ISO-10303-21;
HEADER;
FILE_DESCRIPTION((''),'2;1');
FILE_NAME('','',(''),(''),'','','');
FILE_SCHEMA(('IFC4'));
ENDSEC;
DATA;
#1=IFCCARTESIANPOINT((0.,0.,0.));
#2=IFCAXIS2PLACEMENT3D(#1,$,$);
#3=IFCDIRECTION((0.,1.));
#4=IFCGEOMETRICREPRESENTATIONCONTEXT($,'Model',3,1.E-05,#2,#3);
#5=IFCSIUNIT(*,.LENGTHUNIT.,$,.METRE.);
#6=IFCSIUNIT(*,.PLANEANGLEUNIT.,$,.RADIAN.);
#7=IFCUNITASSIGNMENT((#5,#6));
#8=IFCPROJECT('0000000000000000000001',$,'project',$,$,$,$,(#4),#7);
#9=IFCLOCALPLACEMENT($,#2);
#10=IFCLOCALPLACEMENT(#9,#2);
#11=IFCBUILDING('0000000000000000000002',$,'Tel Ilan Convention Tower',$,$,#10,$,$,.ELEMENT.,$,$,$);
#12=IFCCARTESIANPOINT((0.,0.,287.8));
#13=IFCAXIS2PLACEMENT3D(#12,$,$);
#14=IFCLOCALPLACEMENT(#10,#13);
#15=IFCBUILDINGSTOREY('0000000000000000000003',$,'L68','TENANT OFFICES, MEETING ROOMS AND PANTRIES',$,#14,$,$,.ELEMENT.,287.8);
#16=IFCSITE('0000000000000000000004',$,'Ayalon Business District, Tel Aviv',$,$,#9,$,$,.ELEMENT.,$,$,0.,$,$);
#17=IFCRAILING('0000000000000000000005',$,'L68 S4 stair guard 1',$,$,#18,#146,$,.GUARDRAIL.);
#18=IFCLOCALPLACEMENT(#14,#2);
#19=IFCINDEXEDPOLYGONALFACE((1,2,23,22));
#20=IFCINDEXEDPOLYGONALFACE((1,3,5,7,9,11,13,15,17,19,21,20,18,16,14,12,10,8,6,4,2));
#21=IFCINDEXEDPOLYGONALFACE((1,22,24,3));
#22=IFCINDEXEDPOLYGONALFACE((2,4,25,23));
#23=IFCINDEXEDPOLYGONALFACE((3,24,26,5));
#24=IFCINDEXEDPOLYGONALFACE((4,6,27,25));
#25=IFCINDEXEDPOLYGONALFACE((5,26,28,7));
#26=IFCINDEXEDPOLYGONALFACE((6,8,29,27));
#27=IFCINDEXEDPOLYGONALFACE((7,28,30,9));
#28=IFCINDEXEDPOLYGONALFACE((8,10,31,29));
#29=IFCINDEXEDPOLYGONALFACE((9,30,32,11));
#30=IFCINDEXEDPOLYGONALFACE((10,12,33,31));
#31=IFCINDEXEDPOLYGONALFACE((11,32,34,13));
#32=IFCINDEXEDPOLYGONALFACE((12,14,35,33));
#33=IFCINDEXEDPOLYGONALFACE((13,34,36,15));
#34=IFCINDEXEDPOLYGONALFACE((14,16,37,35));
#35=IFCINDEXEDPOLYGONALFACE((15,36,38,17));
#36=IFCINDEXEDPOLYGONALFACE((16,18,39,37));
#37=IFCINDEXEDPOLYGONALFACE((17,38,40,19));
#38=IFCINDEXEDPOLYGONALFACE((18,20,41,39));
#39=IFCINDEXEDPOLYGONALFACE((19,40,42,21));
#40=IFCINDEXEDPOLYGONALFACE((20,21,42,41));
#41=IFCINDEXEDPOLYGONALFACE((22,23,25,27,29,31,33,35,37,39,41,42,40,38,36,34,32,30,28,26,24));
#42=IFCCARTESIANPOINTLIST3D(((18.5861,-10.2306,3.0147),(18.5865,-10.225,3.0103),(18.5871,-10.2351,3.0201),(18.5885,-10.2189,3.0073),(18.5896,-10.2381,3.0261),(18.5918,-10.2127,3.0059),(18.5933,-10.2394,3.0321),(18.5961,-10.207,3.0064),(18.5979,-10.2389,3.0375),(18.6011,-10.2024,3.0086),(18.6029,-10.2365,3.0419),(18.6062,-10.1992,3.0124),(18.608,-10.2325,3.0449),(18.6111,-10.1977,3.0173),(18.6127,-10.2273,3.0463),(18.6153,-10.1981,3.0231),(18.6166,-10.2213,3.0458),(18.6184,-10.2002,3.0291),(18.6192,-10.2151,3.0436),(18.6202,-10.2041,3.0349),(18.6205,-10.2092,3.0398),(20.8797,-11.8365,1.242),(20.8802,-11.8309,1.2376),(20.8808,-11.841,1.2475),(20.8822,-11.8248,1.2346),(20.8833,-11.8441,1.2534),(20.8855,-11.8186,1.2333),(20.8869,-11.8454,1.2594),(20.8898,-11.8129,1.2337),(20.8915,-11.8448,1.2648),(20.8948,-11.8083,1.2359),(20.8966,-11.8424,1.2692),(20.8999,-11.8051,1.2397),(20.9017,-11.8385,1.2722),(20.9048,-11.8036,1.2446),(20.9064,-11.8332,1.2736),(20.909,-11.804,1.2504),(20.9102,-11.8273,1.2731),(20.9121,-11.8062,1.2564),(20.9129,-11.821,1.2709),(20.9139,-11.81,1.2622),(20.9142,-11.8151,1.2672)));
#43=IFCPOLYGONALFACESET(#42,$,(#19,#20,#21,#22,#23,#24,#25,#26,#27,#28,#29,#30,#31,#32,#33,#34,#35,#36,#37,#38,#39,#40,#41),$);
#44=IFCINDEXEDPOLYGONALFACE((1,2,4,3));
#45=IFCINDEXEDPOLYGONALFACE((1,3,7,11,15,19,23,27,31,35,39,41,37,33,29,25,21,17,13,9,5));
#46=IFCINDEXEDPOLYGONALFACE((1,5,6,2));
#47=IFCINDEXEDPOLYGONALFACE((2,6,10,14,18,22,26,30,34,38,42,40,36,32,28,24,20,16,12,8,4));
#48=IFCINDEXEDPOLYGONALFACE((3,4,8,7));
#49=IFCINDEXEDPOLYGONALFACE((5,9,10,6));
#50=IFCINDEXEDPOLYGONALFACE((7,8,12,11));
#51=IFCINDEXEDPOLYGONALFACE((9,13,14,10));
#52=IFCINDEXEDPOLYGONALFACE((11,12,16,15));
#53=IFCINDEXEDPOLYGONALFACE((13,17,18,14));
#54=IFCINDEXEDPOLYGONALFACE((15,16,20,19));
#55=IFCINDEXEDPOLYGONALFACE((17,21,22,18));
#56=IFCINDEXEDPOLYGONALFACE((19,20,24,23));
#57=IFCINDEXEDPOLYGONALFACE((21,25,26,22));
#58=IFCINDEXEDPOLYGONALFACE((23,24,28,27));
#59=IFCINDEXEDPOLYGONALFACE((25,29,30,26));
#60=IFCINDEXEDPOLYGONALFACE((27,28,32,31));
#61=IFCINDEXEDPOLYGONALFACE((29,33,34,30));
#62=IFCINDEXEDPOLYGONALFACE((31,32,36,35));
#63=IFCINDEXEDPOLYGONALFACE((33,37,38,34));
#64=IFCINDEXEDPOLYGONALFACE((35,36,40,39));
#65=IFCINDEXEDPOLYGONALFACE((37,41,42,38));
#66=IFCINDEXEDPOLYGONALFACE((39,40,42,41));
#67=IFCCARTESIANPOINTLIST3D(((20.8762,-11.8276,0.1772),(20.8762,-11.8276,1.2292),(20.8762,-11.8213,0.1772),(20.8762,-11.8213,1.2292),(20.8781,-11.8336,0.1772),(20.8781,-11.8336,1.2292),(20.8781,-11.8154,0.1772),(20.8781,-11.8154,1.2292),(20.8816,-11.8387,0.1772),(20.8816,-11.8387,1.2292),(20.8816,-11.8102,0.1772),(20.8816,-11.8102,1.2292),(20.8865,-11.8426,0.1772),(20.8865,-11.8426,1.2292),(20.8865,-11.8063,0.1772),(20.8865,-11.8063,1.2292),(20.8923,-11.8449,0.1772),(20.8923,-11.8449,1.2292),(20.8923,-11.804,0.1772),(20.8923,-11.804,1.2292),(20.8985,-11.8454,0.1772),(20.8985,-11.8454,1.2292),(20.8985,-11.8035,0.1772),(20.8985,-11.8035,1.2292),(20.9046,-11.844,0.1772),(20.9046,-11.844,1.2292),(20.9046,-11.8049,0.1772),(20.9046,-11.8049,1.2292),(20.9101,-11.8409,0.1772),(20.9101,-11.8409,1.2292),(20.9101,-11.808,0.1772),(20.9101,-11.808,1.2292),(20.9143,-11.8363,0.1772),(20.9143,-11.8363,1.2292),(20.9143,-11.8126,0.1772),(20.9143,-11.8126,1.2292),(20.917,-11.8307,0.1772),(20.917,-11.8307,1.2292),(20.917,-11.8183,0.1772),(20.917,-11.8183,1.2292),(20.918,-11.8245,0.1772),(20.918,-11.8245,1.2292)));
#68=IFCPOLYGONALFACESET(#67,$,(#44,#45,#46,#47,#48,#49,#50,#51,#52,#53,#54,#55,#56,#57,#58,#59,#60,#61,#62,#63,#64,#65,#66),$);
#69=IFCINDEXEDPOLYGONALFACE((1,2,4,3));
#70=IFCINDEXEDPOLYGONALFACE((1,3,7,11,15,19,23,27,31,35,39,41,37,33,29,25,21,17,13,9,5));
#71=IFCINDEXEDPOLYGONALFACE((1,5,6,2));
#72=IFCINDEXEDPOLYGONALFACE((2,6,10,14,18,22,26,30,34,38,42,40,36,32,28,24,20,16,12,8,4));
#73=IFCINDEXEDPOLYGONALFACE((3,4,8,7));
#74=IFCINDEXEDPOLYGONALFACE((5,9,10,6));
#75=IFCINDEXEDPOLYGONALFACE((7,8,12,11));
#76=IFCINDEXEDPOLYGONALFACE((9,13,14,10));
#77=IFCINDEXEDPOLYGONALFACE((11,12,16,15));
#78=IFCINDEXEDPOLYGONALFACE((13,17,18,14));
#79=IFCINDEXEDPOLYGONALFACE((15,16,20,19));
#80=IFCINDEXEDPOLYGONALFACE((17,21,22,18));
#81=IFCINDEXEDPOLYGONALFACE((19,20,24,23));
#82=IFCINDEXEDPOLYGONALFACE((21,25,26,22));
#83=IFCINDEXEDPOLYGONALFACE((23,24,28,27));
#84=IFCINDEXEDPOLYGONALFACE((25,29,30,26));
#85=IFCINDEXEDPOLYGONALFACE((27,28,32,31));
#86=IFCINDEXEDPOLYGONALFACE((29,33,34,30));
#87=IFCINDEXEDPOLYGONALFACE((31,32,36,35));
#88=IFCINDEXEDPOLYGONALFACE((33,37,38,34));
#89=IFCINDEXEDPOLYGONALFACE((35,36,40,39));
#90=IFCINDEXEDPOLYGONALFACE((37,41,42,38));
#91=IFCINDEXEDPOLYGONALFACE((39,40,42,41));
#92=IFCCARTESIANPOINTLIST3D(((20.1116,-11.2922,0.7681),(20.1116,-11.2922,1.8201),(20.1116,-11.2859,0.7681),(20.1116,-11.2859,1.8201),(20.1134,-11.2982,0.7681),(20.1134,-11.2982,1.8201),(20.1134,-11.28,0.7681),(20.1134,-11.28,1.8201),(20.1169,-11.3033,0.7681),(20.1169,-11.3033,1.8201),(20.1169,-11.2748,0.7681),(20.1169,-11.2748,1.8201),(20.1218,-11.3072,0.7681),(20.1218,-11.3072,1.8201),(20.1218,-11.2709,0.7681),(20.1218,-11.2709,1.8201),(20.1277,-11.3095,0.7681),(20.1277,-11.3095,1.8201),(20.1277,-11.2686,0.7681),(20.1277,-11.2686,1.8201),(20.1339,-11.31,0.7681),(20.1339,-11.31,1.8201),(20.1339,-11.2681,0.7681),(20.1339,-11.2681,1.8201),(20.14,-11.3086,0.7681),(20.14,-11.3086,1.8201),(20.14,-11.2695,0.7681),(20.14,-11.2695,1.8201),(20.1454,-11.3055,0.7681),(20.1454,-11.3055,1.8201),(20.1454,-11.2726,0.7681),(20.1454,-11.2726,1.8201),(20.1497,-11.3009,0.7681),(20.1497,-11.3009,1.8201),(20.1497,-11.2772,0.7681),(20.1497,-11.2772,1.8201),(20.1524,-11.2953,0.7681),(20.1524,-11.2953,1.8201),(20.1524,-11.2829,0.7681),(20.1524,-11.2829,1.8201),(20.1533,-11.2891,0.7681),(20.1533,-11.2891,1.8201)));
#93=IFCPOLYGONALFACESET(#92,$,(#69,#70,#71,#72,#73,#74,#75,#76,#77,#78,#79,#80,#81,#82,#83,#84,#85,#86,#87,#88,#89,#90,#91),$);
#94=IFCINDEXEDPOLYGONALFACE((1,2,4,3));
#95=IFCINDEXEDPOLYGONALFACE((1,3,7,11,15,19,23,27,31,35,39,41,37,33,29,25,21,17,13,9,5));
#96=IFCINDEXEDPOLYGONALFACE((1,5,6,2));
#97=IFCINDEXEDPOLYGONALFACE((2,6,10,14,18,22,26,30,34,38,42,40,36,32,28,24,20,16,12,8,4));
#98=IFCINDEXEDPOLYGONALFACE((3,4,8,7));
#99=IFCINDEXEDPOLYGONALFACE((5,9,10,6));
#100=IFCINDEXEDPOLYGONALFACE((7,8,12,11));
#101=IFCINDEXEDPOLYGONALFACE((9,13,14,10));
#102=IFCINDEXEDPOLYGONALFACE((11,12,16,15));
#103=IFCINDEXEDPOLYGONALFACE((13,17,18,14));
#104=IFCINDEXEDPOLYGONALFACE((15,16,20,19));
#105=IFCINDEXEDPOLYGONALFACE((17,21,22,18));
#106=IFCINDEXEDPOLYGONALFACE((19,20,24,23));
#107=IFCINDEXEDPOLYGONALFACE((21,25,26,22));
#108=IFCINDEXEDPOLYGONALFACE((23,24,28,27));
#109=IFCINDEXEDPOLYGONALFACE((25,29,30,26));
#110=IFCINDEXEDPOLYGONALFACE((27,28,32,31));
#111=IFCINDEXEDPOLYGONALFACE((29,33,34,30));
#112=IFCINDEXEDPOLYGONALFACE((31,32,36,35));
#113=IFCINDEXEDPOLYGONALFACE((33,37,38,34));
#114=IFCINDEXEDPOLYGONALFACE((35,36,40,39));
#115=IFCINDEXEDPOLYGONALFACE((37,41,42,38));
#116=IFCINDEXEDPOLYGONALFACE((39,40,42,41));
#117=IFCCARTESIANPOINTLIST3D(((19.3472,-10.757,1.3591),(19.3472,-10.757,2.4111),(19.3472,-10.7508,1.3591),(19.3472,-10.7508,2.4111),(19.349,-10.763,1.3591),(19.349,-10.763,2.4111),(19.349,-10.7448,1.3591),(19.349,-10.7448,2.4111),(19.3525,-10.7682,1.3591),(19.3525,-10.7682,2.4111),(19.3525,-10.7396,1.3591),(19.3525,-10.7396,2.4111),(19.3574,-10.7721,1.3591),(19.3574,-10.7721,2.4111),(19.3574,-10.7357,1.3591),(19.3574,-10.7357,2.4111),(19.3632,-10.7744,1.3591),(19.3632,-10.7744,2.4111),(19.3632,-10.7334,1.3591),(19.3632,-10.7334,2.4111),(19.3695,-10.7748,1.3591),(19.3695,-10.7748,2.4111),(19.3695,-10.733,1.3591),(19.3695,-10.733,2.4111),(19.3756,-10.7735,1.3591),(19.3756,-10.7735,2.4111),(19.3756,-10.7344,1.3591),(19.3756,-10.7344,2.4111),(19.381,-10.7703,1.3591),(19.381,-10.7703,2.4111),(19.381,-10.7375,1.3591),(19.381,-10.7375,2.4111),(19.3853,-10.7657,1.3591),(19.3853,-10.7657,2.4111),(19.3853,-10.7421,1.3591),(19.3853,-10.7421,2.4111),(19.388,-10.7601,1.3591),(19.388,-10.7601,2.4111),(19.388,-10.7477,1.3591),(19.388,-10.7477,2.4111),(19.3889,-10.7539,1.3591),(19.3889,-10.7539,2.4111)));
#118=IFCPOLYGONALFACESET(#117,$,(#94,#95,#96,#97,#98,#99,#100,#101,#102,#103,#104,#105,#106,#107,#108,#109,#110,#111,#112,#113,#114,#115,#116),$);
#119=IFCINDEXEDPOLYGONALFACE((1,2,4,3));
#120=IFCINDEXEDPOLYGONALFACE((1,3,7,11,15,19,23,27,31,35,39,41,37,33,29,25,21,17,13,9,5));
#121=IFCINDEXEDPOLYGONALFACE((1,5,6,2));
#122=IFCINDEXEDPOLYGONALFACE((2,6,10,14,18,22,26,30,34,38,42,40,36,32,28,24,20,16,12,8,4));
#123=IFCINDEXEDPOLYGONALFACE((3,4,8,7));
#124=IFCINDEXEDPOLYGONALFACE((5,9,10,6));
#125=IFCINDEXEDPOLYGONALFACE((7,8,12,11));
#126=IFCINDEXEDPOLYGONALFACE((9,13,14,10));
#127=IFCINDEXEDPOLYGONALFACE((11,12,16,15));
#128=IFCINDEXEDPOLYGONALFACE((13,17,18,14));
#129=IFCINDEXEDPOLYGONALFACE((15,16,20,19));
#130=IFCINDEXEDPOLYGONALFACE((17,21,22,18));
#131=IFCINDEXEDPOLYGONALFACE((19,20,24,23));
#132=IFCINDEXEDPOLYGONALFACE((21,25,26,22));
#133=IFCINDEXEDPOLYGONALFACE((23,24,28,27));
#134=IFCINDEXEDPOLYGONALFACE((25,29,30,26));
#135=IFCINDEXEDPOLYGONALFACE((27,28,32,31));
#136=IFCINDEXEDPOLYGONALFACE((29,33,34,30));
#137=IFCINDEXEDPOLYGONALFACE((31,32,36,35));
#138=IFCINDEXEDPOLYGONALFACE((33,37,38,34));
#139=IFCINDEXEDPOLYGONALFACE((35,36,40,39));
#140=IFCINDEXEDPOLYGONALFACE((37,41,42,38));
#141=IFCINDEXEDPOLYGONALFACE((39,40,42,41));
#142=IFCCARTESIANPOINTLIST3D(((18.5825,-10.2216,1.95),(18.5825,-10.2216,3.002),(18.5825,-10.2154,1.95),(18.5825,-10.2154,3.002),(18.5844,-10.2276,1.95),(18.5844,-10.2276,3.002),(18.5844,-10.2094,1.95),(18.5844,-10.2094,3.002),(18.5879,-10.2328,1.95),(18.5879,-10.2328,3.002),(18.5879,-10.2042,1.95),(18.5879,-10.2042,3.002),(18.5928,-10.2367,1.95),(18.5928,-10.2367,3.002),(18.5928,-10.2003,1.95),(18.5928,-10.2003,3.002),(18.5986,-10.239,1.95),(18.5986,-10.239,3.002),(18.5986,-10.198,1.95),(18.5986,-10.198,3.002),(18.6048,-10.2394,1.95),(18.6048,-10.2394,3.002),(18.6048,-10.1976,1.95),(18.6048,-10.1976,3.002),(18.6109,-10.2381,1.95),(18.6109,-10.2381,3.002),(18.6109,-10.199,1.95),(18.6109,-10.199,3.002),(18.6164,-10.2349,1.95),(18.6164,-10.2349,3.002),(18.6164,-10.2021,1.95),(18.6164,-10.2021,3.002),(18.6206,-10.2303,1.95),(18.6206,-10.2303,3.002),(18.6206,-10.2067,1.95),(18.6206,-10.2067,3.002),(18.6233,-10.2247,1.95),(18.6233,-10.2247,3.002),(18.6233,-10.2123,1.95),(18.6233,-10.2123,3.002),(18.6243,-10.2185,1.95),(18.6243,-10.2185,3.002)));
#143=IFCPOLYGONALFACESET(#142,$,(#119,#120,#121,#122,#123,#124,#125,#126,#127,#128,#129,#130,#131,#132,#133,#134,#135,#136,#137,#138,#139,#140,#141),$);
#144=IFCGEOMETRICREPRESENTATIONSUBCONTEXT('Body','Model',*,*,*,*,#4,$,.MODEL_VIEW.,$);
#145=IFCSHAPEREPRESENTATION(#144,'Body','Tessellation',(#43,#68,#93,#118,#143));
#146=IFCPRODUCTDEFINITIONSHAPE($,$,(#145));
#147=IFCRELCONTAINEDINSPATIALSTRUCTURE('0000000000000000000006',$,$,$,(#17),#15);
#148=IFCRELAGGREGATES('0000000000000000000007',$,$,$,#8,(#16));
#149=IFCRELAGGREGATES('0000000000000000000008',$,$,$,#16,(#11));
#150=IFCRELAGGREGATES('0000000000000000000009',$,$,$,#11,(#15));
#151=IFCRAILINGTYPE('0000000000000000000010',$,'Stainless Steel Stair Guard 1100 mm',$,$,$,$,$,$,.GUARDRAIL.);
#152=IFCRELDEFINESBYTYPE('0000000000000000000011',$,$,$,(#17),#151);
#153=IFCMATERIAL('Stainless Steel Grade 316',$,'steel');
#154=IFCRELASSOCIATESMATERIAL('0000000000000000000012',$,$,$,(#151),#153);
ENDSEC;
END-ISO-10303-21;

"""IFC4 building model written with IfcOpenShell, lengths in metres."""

from ifc_helpers import new_model, si_unit, direction, frame, origin, origin_2d, place, context, subcontext, project, spatial, circle, extrude, material, type_object, element, save


model = new_model("IFC4")

# Units and contexts
model_context = context("Model", 3, precision=1e-05, world=origin(), true_north=direction((0.0, 1.0)))
body_context = subcontext(model_context, "Body", "Model", "MODEL_VIEW")
ifc_project = project(units=[si_unit("LENGTHUNIT", "METRE"), si_unit("PLANEANGLEUNIT", "RADIAN")], contexts=[model_context])

# Site, building, storey
site_placement = place(None, origin())
site = spatial("IfcSite", under=ifc_project, at=site_placement, Name="Ayalon Business District, Tel Aviv", CompositionType="ELEMENT", RefElevation=0.0)
building_placement = place(site_placement, origin())
building = spatial("IfcBuilding", under=site, at=building_placement, Name="Tel Ilan Convention Tower", CompositionType="ELEMENT")
storey_placement = place(building_placement, frame((0.0, 0.0, 287.8)))
storey = spatial("IfcBuildingStorey", under=building, at=storey_placement, Name="L68", Description="TENANT OFFICES, MEETING ROOMS AND PANTRIES", CompositionType="ELEMENT", Elevation=287.8)

# Railing
ifc_material_1 = material(Name="Stainless Steel Grade 316", Category="steel")
railing_type_1 = type_object("IfcRailingType", Name="Stainless Steel Stair Guard 1100 mm", PredefinedType="GUARDRAIL", material=ifc_material_1)
railing_1_placement = place(storey_placement, frame((20.897, -11.8245, 0.1772)))
element("IfcRailing", 1, at=railing_1_placement, inside=storey, type_object=railing_type_1, Name="L68 S4 stair guard 1", PredefinedType="GUARDRAIL", context=body_context, shape_type="SweptSolid", body=[
    extrude(circle(Radius=0.0239, at=origin_2d()), frame((0.0, 0.0, 1.0762), z_axis=(-0.692123, 0.484597, 0.534913), x_axis=(-0.57355, -0.81917, 0.0)), (0.0, 0.0, 1.0), 3.314),
    extrude(circle(Radius=0.021, at=origin_2d()), origin(), (0.0, 0.0, 1.0), 1.052),
    extrude(circle(Radius=0.021, at=origin_2d()), frame((-0.7646, 0.5354, 0.5908)), (0.0, 0.0, 1.0), 1.052),
    extrude(circle(Radius=0.021, at=origin_2d()), frame((-1.5291, 1.0706, 1.1819)), (0.0, 0.0, 1.0), 1.052),
    extrude(circle(Radius=0.021, at=origin_2d()), frame((-2.2937, 1.606, 1.7727)), (0.0, 0.0, 1.0), 1.052),
])

save(model, "model.ifc")
